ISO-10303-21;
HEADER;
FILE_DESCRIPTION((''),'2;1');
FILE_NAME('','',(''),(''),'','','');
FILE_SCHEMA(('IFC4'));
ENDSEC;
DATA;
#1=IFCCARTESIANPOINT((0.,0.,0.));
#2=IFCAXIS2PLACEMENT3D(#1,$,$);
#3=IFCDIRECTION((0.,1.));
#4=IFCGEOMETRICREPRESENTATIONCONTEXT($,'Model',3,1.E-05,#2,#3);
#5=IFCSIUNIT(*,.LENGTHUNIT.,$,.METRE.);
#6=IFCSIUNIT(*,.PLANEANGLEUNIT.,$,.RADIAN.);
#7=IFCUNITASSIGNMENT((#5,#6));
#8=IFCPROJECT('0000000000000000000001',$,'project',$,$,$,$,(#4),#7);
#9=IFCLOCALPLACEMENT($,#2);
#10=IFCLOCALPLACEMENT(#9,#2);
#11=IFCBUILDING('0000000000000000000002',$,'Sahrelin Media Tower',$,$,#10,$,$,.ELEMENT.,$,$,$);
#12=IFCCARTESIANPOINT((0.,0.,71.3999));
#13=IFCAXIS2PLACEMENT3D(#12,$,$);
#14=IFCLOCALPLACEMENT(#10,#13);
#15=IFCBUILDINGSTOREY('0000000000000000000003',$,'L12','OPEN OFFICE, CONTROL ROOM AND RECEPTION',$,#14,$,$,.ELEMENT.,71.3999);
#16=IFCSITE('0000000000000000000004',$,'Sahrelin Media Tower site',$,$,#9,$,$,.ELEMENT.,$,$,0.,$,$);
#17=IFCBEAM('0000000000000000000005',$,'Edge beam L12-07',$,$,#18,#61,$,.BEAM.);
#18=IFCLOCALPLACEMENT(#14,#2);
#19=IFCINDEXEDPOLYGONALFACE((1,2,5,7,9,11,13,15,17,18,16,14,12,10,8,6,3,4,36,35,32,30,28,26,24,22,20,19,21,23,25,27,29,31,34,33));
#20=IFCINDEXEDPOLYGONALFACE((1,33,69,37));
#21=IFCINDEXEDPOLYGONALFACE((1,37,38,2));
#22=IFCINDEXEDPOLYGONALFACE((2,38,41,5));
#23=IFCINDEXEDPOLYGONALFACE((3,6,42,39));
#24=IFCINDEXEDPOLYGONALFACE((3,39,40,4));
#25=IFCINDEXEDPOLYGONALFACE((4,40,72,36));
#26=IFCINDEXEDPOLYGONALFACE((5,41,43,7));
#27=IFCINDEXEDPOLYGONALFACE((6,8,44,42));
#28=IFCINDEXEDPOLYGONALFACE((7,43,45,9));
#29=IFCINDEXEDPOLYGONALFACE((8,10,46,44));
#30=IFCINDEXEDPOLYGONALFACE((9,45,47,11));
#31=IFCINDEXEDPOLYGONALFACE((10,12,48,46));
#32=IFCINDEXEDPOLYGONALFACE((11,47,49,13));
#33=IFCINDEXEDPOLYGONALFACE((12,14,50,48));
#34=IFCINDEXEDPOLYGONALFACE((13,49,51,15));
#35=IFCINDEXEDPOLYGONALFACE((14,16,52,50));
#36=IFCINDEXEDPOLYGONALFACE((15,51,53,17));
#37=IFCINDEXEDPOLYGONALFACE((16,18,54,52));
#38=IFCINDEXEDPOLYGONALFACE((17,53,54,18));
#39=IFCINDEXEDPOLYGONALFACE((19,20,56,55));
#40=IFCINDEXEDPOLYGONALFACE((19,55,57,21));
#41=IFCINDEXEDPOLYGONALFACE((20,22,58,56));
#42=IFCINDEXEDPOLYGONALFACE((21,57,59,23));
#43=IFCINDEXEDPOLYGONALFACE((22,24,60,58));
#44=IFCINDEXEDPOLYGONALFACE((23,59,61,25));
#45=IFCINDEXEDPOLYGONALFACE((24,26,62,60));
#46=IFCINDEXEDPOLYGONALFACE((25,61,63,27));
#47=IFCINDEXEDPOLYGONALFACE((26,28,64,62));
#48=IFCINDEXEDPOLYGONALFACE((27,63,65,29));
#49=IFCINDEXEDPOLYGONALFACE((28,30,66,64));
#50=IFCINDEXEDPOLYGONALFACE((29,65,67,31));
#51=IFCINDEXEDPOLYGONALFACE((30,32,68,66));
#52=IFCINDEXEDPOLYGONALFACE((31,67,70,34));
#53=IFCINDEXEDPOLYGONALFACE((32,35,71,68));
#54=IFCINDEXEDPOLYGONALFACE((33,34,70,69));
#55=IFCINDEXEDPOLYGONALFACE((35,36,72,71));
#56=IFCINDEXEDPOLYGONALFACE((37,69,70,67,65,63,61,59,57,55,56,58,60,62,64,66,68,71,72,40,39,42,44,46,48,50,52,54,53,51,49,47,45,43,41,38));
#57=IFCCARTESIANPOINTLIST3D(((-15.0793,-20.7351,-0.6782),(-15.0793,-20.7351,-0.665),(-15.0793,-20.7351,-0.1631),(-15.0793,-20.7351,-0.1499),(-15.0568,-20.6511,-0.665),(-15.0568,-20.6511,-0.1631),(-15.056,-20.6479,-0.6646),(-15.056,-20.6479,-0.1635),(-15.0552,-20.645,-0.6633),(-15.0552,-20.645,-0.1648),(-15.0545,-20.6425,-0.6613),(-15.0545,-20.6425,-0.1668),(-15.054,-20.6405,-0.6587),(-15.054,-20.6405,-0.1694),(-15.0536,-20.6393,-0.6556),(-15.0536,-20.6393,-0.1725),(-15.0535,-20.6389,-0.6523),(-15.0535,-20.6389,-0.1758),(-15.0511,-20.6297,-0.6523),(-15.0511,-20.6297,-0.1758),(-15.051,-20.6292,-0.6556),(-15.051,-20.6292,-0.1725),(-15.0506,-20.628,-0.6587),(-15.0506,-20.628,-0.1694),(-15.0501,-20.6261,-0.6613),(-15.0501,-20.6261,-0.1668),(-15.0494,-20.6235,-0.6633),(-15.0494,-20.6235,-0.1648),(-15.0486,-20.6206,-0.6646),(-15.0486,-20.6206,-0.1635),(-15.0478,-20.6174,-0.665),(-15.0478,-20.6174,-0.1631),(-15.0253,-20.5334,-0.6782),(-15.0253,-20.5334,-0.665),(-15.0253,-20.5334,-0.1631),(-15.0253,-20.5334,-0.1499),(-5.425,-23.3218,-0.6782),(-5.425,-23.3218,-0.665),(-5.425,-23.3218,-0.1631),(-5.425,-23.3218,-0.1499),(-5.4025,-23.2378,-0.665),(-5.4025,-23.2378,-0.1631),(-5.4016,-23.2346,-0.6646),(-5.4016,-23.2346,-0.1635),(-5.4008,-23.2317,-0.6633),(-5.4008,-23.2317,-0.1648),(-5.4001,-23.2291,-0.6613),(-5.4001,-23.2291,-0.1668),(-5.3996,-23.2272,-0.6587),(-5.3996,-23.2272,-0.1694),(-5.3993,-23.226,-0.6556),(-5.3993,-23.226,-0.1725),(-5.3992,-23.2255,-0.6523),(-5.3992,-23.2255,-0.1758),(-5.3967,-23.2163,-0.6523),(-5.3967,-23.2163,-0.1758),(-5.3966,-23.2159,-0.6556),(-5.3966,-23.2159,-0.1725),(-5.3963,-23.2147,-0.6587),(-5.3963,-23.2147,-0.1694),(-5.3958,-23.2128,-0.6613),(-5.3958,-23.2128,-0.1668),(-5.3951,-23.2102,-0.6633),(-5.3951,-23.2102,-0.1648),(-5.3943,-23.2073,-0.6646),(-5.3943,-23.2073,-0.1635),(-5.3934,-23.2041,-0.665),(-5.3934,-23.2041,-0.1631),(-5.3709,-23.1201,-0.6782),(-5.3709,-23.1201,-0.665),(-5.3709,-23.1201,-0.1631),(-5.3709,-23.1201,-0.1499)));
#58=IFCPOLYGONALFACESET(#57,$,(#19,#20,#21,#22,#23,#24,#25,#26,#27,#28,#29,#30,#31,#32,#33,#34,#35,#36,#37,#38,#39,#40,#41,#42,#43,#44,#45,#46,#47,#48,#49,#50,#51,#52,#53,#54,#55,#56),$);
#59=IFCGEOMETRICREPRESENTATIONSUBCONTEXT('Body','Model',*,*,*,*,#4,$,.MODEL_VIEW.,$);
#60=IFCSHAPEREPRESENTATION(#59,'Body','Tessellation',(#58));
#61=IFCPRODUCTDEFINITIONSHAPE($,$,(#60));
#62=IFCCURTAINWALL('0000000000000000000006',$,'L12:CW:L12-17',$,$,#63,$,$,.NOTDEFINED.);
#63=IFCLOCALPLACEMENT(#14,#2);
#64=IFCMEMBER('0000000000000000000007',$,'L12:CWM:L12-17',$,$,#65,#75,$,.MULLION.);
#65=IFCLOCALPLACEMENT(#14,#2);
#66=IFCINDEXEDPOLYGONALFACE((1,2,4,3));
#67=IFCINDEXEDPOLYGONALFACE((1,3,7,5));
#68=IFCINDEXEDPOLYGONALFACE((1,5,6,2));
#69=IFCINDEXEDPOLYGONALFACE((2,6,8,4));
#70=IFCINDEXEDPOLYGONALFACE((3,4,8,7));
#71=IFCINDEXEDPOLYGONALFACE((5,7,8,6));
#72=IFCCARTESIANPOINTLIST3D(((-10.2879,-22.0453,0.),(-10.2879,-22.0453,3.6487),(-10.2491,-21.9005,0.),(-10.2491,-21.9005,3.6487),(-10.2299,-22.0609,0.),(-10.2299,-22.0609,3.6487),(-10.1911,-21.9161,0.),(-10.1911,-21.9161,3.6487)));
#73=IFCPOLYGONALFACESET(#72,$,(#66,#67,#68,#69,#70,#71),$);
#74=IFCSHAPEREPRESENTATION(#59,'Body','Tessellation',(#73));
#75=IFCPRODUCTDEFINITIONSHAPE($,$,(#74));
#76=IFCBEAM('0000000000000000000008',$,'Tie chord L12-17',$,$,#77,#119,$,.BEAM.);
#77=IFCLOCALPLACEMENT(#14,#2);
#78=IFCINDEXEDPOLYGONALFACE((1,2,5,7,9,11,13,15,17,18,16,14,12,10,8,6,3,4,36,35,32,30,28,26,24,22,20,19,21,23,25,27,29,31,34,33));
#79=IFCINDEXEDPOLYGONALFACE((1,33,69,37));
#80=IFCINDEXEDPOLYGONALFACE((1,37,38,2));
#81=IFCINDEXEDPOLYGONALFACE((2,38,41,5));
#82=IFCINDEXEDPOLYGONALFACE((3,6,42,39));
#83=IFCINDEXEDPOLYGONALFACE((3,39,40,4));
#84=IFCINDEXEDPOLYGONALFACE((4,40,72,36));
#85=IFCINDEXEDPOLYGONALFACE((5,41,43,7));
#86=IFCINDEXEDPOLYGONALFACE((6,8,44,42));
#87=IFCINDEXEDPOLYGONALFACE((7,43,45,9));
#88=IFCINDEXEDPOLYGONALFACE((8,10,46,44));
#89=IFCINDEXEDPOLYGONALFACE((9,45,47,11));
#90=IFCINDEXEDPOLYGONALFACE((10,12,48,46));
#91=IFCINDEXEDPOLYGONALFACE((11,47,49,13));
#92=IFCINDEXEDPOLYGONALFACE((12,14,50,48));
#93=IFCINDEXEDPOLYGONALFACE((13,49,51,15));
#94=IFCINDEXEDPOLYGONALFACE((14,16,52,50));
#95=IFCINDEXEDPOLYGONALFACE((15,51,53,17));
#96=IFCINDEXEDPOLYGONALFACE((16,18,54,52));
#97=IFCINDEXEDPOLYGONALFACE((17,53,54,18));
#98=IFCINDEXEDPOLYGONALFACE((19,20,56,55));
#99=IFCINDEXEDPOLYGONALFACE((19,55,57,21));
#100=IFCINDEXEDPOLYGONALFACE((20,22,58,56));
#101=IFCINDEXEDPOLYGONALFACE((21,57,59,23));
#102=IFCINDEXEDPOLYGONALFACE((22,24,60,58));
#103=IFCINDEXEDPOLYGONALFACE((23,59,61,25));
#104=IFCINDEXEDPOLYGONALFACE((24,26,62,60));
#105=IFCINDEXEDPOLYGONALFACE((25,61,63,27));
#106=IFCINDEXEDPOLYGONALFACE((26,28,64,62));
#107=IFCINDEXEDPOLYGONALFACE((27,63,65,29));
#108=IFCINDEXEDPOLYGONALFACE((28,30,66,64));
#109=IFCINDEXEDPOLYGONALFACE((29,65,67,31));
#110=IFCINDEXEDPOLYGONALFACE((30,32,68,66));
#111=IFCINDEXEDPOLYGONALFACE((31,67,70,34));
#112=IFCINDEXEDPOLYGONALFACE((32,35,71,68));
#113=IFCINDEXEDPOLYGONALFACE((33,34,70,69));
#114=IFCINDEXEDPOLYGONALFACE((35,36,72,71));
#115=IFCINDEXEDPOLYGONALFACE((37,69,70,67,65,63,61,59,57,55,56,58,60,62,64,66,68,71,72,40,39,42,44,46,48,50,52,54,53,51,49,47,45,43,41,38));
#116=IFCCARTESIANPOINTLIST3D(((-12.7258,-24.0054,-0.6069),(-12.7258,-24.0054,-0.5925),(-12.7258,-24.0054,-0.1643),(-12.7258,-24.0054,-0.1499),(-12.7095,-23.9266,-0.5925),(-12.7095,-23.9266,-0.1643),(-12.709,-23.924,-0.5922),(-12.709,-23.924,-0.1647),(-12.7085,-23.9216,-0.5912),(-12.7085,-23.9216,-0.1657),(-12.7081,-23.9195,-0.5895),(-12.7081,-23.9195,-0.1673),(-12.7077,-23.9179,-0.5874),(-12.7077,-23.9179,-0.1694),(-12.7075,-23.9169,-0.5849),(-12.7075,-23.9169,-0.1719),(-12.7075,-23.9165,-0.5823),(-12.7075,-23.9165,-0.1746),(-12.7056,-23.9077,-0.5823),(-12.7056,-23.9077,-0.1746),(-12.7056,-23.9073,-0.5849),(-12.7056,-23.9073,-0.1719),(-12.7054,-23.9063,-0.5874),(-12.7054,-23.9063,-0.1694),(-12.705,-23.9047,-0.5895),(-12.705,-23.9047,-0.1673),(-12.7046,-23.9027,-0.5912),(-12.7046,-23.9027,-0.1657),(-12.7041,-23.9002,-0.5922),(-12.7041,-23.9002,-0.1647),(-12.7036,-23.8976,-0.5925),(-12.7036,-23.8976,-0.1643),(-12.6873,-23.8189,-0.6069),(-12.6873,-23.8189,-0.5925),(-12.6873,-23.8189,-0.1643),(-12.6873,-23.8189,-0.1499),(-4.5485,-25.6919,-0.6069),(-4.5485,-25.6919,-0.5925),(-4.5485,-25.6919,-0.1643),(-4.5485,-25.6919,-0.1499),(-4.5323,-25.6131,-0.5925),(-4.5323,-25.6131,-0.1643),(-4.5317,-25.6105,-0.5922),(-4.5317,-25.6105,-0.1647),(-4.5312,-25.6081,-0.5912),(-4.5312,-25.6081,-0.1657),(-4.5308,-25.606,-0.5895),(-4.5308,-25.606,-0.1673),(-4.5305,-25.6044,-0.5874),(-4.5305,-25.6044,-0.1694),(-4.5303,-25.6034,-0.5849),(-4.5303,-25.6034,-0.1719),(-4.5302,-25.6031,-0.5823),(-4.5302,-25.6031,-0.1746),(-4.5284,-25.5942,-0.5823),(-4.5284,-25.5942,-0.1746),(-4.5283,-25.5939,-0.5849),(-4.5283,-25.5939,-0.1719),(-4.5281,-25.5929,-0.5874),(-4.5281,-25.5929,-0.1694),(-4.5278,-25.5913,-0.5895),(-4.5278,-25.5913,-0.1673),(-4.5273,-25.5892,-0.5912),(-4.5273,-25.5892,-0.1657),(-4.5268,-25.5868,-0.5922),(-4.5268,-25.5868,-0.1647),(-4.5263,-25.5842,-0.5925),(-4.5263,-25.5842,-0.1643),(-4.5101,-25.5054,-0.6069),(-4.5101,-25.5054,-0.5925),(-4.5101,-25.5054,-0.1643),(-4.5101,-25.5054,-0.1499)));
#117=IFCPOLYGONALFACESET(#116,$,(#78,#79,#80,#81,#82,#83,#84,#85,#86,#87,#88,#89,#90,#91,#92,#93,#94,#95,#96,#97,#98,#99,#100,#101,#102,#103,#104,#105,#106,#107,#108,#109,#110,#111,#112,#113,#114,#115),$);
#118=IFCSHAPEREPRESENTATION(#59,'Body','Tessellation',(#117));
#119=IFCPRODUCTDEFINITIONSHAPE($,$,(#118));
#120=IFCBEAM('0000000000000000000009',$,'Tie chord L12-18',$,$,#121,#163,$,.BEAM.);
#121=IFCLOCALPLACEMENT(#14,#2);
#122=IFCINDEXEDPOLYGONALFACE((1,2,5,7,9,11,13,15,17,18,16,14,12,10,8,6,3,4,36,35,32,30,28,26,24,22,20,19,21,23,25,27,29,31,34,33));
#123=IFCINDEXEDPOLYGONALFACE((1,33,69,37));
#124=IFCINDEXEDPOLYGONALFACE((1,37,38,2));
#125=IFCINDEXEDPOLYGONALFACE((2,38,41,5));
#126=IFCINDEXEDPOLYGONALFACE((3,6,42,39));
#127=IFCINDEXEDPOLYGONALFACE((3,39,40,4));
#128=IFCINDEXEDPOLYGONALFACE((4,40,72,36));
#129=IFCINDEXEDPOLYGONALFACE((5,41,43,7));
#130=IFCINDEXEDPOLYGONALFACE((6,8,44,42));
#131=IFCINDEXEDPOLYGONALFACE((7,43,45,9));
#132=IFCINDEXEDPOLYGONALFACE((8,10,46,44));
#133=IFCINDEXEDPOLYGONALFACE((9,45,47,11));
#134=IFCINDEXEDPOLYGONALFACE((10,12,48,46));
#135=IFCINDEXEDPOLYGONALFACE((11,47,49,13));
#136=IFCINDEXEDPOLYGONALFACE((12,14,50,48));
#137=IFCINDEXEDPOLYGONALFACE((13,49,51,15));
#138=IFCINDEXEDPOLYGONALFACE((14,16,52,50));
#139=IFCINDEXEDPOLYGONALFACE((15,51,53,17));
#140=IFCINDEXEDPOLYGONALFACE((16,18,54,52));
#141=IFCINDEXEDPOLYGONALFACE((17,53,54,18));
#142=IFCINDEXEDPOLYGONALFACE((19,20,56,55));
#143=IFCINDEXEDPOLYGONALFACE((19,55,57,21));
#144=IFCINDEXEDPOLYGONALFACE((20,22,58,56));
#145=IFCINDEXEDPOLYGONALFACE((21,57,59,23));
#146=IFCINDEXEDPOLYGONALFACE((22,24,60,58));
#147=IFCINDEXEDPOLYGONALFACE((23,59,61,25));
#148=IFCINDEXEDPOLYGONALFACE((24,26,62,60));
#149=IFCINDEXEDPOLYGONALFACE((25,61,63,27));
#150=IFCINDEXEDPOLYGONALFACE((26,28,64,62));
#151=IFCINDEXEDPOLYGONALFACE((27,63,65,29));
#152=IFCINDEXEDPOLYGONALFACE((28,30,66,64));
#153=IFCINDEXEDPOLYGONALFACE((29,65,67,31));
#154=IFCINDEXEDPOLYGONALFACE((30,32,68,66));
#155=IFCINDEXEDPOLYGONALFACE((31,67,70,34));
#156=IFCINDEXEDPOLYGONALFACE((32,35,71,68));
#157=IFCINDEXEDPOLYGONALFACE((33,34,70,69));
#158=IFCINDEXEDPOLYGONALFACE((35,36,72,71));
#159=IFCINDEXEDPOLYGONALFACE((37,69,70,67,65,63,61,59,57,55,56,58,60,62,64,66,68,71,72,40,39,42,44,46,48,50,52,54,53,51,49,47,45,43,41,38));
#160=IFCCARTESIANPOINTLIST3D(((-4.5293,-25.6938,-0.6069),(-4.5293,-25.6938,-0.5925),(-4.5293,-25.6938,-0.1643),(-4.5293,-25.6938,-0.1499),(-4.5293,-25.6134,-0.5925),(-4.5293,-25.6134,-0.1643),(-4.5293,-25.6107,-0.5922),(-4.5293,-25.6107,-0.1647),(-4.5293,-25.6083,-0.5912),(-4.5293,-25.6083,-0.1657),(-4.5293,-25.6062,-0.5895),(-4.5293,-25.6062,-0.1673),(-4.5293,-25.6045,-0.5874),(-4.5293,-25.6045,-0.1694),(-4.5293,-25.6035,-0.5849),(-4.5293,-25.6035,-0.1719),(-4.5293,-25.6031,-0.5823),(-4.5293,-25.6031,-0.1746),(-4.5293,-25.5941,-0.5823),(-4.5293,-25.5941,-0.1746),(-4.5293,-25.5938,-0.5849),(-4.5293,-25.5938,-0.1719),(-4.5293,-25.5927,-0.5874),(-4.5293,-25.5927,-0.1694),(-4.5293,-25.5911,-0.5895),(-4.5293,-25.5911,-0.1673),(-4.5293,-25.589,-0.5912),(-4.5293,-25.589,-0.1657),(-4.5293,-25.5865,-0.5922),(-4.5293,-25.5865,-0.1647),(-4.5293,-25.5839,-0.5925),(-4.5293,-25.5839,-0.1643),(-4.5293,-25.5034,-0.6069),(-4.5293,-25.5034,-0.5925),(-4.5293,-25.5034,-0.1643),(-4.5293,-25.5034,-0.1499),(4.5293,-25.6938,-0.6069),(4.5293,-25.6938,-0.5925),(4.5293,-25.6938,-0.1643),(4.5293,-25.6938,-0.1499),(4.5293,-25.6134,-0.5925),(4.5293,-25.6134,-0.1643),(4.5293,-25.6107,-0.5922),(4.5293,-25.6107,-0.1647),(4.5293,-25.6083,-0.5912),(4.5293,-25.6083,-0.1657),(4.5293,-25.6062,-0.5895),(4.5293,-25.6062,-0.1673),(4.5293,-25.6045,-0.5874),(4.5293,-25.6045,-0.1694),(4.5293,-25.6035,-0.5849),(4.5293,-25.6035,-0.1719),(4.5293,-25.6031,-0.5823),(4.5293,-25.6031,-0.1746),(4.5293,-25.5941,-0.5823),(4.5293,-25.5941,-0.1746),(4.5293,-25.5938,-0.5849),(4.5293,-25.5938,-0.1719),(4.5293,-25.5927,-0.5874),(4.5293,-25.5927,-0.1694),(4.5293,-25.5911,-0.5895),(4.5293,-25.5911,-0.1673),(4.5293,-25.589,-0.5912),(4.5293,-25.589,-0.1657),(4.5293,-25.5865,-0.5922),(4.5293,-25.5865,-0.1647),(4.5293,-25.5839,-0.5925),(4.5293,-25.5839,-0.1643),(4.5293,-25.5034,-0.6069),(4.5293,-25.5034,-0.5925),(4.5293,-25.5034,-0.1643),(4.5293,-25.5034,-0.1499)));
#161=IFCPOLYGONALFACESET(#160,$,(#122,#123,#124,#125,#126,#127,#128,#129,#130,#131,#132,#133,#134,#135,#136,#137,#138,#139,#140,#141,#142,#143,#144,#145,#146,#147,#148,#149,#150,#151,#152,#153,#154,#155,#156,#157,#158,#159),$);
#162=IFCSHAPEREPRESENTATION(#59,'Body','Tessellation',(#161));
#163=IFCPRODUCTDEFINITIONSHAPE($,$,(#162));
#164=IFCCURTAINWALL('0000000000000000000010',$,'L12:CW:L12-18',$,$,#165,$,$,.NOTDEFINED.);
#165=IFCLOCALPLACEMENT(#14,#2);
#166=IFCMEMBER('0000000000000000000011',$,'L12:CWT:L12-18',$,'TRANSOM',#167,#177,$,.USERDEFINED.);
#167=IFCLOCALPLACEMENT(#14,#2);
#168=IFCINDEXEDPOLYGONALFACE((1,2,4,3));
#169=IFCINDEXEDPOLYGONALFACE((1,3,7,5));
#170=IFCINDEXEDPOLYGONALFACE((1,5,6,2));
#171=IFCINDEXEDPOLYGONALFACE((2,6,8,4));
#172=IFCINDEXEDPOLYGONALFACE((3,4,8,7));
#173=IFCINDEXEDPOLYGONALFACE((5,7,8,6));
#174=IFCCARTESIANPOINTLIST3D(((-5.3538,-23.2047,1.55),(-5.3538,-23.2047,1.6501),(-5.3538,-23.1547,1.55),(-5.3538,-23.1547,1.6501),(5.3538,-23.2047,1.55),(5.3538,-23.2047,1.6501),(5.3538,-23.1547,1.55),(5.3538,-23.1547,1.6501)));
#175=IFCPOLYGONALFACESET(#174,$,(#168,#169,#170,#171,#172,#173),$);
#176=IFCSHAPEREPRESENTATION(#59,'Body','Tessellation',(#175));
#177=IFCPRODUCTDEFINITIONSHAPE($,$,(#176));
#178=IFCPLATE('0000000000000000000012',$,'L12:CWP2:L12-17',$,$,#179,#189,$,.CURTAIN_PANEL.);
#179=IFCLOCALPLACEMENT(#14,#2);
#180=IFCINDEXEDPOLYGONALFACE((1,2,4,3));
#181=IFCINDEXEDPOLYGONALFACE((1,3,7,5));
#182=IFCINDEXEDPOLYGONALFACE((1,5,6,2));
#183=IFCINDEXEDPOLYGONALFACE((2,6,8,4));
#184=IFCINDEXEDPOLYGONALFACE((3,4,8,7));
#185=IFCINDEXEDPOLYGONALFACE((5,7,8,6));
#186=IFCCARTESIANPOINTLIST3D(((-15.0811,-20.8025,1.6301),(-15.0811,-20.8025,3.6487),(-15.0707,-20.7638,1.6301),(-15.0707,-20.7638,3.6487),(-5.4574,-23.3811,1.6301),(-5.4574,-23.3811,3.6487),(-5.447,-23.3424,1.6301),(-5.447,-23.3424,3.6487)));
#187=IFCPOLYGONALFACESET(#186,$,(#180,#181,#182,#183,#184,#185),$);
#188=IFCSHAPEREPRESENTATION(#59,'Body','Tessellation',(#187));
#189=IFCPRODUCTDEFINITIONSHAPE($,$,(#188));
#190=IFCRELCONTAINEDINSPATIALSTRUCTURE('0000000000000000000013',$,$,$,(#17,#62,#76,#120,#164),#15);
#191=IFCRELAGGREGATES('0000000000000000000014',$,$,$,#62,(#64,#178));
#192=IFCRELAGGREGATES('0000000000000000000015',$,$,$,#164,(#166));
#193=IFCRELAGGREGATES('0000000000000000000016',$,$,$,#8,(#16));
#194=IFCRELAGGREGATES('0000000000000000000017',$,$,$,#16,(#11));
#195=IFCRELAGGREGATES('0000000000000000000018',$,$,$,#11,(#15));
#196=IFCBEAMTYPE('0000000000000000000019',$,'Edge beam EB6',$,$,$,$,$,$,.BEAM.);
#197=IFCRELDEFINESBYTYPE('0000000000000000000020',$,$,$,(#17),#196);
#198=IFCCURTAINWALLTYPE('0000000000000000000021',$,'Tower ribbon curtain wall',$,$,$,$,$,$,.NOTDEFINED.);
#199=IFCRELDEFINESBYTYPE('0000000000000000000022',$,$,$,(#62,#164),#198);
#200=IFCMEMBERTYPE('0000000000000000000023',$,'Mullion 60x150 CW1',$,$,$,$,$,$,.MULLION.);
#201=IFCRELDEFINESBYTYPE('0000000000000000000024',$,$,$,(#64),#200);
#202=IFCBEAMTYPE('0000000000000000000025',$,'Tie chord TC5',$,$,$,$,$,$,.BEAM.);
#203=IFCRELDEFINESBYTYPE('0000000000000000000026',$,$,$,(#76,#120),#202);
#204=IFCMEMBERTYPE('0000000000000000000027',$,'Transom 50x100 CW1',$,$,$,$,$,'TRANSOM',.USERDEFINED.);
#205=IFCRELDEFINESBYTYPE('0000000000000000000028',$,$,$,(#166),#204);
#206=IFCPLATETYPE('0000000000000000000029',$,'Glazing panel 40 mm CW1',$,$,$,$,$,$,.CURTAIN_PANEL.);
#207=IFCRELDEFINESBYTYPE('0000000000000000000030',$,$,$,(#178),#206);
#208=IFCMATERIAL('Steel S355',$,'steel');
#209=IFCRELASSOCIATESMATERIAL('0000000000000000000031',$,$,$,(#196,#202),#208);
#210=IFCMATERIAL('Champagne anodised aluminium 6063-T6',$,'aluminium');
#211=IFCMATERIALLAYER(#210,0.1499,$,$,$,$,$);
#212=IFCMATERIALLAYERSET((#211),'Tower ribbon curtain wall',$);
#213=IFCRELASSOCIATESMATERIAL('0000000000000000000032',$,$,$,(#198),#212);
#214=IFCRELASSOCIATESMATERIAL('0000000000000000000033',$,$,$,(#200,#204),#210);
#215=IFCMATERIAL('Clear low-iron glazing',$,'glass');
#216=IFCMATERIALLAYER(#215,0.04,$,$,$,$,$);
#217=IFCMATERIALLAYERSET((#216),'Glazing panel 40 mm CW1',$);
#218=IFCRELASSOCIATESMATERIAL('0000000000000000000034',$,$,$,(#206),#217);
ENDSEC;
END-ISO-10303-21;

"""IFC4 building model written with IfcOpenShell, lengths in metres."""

from ifc_helpers import new_model, si_unit, direction, frame, origin, origin_2d, place, context, subcontext, project, spatial, polyline, rectangle, i_section, outline, extrude, material, layer, layer_set, material_profile, profile_set, type_object, element, aggregate, save


model = new_model("IFC4")

# Units and contexts
model_context = context("Model", 3, precision=1e-05, world=origin(), true_north=direction((0.0, 1.0)))
body_context = subcontext(model_context, "Body", "Model", "MODEL_VIEW")
ifc_project = project(units=[si_unit("LENGTHUNIT", "METRE"), si_unit("PLANEANGLEUNIT", "RADIAN")], contexts=[model_context])

# Site, building, storey
site_placement = place(None, origin())
site = spatial("IfcSite", under=ifc_project, at=site_placement, Name="Sahrelin Media Tower site", CompositionType="ELEMENT", RefElevation=0.0)
building_placement = place(site_placement, origin())
building = spatial("IfcBuilding", under=site, at=building_placement, Name="Sahrelin Media Tower", CompositionType="ELEMENT")
storey_placement = place(building_placement, frame((0.0, 0.0, 71.3999)))
storey = spatial("IfcBuildingStorey", under=building, at=storey_placement, Name="L12", Description="OPEN OFFICE, CONTROL ROOM AND RECEPTION", CompositionType="ELEMENT", Elevation=71.3999)

# Beam
ifc_material_1 = material(Name="Steel S355", Category="steel")
ifc_material_profile_1 = material_profile(ifc_material_1, i_section(OverallWidth=0.2087, OverallDepth=0.5283, WebThickness=0.0095, FlangeThickness=0.0132, FilletRadius=0.0127, at=origin_2d()), Name="UB 533x210x82")
ifc_profile_set_1 = profile_set([ifc_material_profile_1], Name="Steel S355")
beam_type_1 = type_object("IfcBeamType", Name="Edge beam EB6", PredefinedType="BEAM", material=ifc_profile_set_1)
beam_1_placement = place(storey_placement, frame((-5.3979, -23.2209, -0.4141), z_axis=(-0.965931, 0.258801, 0.0), x_axis=(-0.258801, -0.965931, 0.0)))
element("IfcBeam", 1, at=beam_1_placement, inside=storey, type_object=beam_type_1, Name="Edge beam L12-07", PredefinedType="BEAM", context=body_context, shape_type="SweptSolid", body=[
    extrude(i_section(OverallWidth=0.2087, OverallDepth=0.5283, WebThickness=0.0095, FlangeThickness=0.0132, FilletRadius=0.0127, at=origin_2d()), origin(), (0.0, 0.0, 1.0), 9.9949),
])

# Curtain wall, member
ifc_material_2 = material(Name="Champagne anodised aluminium 6063-T6", Category="aluminium")
ifc_layer_1 = layer(ifc_material_2, 0.1499)
ifc_layer_set_1 = layer_set([ifc_layer_1], Name="Tower ribbon curtain wall")
curtain_wall_type = type_object("IfcCurtainWallType", Name="Tower ribbon curtain wall", PredefinedType="NOTDEFINED", material=ifc_layer_set_1)
curtain_wall_1_placement = place(storey_placement, frame((-10.2639, -22.0725, 0.0), z_axis=(0.0, 0.0, 1.0), x_axis=(1.0, 0.0, 0.0)))
curtain_wall_1 = element("IfcCurtainWall", 2, at=curtain_wall_1_placement, inside=storey, type_object=curtain_wall_type, Name="L12:CW:L12-17", PredefinedType="NOTDEFINED")
ifc_material_profile_2 = material_profile(ifc_material_2, rectangle(XDim=0.0601, YDim=0.1499, at=origin_2d()), Name="Mullion 60x150")
ifc_profile_set_2 = profile_set([ifc_material_profile_2], Name="Champagne anodised aluminium 6063-T6")
member_type_1 = type_object("IfcMemberType", Name="Mullion 60x150 CW1", PredefinedType="MULLION", material=ifc_profile_set_2)
member_1_placement = place(storey_placement, frame((-10.2395, -21.9807, 0.0), z_axis=(0.0, 0.0, 1.0), x_axis=(0.965926, -0.258819, 0.0)))
member_1 = element("IfcMember", 3, at=member_1_placement, type_object=member_type_1, Name="L12:CWM:L12-17", PredefinedType="MULLION", context=body_context, shape_type="SweptSolid", body=[
    extrude(rectangle(XDim=0.0601, YDim=0.1499, at=origin_2d()), origin(), (0.0, 0.0, 1.0), 3.6487),
])

# Beams
ifc_material_profile_3 = material_profile(ifc_material_1, i_section(OverallWidth=0.1904, OverallDepth=0.457, WebThickness=0.009, FlangeThickness=0.0144, FilletRadius=0.0103, at=origin_2d()), Name="UB 457x191x74")
ifc_profile_set_3 = profile_set([ifc_material_profile_3], Name="Steel S355")
beam_type_2 = type_object("IfcBeamType", Name="Tie chord TC5", PredefinedType="BEAM", material=ifc_profile_set_3)
beam_2_placement = place(storey_placement, frame((-12.7065, -23.9121, -0.3784), z_axis=(0.979387, -0.201994, 0.0), x_axis=(0.201994, 0.979387, 0.0)))
element("IfcBeam", 4, at=beam_2_placement, inside=storey, type_object=beam_type_2, Name="Tie chord L12-17", PredefinedType="BEAM", context=body_context, shape_type="SweptSolid", body=[
    extrude(i_section(OverallWidth=0.1904, OverallDepth=0.457, WebThickness=0.009, FlangeThickness=0.0144, FilletRadius=0.0103, at=origin_2d()), origin(), (0.0, 0.0, 1.0), 8.3494),
])
beam_3_placement = place(storey_placement, frame((-4.5293, -25.5986, -0.3784), z_axis=(1.0, 0.0, 0.0), x_axis=(0.0, 1.0, 0.0)))
element("IfcBeam", 5, at=beam_3_placement, inside=storey, type_object=beam_type_2, Name="Tie chord L12-18", PredefinedType="BEAM", context=body_context, shape_type="SweptSolid", body=[
    extrude(i_section(OverallWidth=0.1904, OverallDepth=0.457, WebThickness=0.009, FlangeThickness=0.0144, FilletRadius=0.0103, at=origin_2d()), origin(), (0.0, 0.0, 1.0), 9.0586),
])

# Curtain wall, member
curtain_wall_2_placement = place(storey_placement, frame((0.0, -23.3748, 0.0), z_axis=(0.0, 0.0, 1.0), x_axis=(1.0, 0.0, 0.0)))
curtain_wall_2 = element("IfcCurtainWall", 6, at=curtain_wall_2_placement, inside=storey, type_object=curtain_wall_type, Name="L12:CW:L12-18", PredefinedType="NOTDEFINED")
ifc_material_profile_4 = material_profile(ifc_material_2, rectangle(XDim=0.05, YDim=0.1001, at=origin_2d()), Name="Transom 50x100")
ifc_profile_set_4 = profile_set([ifc_material_profile_4], Name="Champagne anodised aluminium 6063-T6")
member_type_2 = type_object("IfcMemberType", Name="Transom 50x100 CW1", ElementType="TRANSOM", PredefinedType="USERDEFINED", material=ifc_profile_set_4)
member_2_placement = place(storey_placement, frame((-5.3538, -23.1797, 1.6001), z_axis=(1.0, 0.0, 0.0), x_axis=(0.0, 1.0, 0.0)))
member_2 = element("IfcMember", 7, at=member_2_placement, type_object=member_type_2, Name="L12:CWT:L12-18", ObjectType="TRANSOM", PredefinedType="USERDEFINED", context=body_context, shape_type="SweptSolid", body=[
    extrude(rectangle(XDim=0.05, YDim=0.1001, at=origin_2d()), origin(), (0.0, 0.0, 1.0), 10.7075),
])

# Plate
ifc_material_3 = material(Name="Clear low-iron glazing", Category="glass")
ifc_layer_2 = layer(ifc_material_3, 0.04)
ifc_layer_set_2 = layer_set([ifc_layer_2], Name="Glazing panel 40 mm CW1")
plate_type_1 = type_object("IfcPlateType", Name="Glazing panel 40 mm CW1", PredefinedType="CURTAIN_PANEL", material=ifc_layer_set_2)
plate_1_placement = place(storey_placement, frame((-15.0811, -20.8025, 1.6301), z_axis=(-0.258812, -0.965928, 0.0), x_axis=(0.965928, -0.258812, 0.0)))
plate_1 = element("IfcPlate", 8, at=plate_1_placement, type_object=plate_type_1, Name="L12:CWP2:L12-17", PredefinedType="CURTAIN_PANEL", context=body_context, shape_type="SweptSolid", body=[
    extrude(outline(polyline([(0.0, 0.0), (9.9631, 0.0), (9.9631, 2.0186), (0.0, 2.0186), (0.0, 0.0)])), origin(), (0.0, 0.0, -1.0), 0.04),
])
aggregate(curtain_wall_1, [member_1, plate_1])
aggregate(curtain_wall_2, [member_2])

save(model, "model.ifc")
